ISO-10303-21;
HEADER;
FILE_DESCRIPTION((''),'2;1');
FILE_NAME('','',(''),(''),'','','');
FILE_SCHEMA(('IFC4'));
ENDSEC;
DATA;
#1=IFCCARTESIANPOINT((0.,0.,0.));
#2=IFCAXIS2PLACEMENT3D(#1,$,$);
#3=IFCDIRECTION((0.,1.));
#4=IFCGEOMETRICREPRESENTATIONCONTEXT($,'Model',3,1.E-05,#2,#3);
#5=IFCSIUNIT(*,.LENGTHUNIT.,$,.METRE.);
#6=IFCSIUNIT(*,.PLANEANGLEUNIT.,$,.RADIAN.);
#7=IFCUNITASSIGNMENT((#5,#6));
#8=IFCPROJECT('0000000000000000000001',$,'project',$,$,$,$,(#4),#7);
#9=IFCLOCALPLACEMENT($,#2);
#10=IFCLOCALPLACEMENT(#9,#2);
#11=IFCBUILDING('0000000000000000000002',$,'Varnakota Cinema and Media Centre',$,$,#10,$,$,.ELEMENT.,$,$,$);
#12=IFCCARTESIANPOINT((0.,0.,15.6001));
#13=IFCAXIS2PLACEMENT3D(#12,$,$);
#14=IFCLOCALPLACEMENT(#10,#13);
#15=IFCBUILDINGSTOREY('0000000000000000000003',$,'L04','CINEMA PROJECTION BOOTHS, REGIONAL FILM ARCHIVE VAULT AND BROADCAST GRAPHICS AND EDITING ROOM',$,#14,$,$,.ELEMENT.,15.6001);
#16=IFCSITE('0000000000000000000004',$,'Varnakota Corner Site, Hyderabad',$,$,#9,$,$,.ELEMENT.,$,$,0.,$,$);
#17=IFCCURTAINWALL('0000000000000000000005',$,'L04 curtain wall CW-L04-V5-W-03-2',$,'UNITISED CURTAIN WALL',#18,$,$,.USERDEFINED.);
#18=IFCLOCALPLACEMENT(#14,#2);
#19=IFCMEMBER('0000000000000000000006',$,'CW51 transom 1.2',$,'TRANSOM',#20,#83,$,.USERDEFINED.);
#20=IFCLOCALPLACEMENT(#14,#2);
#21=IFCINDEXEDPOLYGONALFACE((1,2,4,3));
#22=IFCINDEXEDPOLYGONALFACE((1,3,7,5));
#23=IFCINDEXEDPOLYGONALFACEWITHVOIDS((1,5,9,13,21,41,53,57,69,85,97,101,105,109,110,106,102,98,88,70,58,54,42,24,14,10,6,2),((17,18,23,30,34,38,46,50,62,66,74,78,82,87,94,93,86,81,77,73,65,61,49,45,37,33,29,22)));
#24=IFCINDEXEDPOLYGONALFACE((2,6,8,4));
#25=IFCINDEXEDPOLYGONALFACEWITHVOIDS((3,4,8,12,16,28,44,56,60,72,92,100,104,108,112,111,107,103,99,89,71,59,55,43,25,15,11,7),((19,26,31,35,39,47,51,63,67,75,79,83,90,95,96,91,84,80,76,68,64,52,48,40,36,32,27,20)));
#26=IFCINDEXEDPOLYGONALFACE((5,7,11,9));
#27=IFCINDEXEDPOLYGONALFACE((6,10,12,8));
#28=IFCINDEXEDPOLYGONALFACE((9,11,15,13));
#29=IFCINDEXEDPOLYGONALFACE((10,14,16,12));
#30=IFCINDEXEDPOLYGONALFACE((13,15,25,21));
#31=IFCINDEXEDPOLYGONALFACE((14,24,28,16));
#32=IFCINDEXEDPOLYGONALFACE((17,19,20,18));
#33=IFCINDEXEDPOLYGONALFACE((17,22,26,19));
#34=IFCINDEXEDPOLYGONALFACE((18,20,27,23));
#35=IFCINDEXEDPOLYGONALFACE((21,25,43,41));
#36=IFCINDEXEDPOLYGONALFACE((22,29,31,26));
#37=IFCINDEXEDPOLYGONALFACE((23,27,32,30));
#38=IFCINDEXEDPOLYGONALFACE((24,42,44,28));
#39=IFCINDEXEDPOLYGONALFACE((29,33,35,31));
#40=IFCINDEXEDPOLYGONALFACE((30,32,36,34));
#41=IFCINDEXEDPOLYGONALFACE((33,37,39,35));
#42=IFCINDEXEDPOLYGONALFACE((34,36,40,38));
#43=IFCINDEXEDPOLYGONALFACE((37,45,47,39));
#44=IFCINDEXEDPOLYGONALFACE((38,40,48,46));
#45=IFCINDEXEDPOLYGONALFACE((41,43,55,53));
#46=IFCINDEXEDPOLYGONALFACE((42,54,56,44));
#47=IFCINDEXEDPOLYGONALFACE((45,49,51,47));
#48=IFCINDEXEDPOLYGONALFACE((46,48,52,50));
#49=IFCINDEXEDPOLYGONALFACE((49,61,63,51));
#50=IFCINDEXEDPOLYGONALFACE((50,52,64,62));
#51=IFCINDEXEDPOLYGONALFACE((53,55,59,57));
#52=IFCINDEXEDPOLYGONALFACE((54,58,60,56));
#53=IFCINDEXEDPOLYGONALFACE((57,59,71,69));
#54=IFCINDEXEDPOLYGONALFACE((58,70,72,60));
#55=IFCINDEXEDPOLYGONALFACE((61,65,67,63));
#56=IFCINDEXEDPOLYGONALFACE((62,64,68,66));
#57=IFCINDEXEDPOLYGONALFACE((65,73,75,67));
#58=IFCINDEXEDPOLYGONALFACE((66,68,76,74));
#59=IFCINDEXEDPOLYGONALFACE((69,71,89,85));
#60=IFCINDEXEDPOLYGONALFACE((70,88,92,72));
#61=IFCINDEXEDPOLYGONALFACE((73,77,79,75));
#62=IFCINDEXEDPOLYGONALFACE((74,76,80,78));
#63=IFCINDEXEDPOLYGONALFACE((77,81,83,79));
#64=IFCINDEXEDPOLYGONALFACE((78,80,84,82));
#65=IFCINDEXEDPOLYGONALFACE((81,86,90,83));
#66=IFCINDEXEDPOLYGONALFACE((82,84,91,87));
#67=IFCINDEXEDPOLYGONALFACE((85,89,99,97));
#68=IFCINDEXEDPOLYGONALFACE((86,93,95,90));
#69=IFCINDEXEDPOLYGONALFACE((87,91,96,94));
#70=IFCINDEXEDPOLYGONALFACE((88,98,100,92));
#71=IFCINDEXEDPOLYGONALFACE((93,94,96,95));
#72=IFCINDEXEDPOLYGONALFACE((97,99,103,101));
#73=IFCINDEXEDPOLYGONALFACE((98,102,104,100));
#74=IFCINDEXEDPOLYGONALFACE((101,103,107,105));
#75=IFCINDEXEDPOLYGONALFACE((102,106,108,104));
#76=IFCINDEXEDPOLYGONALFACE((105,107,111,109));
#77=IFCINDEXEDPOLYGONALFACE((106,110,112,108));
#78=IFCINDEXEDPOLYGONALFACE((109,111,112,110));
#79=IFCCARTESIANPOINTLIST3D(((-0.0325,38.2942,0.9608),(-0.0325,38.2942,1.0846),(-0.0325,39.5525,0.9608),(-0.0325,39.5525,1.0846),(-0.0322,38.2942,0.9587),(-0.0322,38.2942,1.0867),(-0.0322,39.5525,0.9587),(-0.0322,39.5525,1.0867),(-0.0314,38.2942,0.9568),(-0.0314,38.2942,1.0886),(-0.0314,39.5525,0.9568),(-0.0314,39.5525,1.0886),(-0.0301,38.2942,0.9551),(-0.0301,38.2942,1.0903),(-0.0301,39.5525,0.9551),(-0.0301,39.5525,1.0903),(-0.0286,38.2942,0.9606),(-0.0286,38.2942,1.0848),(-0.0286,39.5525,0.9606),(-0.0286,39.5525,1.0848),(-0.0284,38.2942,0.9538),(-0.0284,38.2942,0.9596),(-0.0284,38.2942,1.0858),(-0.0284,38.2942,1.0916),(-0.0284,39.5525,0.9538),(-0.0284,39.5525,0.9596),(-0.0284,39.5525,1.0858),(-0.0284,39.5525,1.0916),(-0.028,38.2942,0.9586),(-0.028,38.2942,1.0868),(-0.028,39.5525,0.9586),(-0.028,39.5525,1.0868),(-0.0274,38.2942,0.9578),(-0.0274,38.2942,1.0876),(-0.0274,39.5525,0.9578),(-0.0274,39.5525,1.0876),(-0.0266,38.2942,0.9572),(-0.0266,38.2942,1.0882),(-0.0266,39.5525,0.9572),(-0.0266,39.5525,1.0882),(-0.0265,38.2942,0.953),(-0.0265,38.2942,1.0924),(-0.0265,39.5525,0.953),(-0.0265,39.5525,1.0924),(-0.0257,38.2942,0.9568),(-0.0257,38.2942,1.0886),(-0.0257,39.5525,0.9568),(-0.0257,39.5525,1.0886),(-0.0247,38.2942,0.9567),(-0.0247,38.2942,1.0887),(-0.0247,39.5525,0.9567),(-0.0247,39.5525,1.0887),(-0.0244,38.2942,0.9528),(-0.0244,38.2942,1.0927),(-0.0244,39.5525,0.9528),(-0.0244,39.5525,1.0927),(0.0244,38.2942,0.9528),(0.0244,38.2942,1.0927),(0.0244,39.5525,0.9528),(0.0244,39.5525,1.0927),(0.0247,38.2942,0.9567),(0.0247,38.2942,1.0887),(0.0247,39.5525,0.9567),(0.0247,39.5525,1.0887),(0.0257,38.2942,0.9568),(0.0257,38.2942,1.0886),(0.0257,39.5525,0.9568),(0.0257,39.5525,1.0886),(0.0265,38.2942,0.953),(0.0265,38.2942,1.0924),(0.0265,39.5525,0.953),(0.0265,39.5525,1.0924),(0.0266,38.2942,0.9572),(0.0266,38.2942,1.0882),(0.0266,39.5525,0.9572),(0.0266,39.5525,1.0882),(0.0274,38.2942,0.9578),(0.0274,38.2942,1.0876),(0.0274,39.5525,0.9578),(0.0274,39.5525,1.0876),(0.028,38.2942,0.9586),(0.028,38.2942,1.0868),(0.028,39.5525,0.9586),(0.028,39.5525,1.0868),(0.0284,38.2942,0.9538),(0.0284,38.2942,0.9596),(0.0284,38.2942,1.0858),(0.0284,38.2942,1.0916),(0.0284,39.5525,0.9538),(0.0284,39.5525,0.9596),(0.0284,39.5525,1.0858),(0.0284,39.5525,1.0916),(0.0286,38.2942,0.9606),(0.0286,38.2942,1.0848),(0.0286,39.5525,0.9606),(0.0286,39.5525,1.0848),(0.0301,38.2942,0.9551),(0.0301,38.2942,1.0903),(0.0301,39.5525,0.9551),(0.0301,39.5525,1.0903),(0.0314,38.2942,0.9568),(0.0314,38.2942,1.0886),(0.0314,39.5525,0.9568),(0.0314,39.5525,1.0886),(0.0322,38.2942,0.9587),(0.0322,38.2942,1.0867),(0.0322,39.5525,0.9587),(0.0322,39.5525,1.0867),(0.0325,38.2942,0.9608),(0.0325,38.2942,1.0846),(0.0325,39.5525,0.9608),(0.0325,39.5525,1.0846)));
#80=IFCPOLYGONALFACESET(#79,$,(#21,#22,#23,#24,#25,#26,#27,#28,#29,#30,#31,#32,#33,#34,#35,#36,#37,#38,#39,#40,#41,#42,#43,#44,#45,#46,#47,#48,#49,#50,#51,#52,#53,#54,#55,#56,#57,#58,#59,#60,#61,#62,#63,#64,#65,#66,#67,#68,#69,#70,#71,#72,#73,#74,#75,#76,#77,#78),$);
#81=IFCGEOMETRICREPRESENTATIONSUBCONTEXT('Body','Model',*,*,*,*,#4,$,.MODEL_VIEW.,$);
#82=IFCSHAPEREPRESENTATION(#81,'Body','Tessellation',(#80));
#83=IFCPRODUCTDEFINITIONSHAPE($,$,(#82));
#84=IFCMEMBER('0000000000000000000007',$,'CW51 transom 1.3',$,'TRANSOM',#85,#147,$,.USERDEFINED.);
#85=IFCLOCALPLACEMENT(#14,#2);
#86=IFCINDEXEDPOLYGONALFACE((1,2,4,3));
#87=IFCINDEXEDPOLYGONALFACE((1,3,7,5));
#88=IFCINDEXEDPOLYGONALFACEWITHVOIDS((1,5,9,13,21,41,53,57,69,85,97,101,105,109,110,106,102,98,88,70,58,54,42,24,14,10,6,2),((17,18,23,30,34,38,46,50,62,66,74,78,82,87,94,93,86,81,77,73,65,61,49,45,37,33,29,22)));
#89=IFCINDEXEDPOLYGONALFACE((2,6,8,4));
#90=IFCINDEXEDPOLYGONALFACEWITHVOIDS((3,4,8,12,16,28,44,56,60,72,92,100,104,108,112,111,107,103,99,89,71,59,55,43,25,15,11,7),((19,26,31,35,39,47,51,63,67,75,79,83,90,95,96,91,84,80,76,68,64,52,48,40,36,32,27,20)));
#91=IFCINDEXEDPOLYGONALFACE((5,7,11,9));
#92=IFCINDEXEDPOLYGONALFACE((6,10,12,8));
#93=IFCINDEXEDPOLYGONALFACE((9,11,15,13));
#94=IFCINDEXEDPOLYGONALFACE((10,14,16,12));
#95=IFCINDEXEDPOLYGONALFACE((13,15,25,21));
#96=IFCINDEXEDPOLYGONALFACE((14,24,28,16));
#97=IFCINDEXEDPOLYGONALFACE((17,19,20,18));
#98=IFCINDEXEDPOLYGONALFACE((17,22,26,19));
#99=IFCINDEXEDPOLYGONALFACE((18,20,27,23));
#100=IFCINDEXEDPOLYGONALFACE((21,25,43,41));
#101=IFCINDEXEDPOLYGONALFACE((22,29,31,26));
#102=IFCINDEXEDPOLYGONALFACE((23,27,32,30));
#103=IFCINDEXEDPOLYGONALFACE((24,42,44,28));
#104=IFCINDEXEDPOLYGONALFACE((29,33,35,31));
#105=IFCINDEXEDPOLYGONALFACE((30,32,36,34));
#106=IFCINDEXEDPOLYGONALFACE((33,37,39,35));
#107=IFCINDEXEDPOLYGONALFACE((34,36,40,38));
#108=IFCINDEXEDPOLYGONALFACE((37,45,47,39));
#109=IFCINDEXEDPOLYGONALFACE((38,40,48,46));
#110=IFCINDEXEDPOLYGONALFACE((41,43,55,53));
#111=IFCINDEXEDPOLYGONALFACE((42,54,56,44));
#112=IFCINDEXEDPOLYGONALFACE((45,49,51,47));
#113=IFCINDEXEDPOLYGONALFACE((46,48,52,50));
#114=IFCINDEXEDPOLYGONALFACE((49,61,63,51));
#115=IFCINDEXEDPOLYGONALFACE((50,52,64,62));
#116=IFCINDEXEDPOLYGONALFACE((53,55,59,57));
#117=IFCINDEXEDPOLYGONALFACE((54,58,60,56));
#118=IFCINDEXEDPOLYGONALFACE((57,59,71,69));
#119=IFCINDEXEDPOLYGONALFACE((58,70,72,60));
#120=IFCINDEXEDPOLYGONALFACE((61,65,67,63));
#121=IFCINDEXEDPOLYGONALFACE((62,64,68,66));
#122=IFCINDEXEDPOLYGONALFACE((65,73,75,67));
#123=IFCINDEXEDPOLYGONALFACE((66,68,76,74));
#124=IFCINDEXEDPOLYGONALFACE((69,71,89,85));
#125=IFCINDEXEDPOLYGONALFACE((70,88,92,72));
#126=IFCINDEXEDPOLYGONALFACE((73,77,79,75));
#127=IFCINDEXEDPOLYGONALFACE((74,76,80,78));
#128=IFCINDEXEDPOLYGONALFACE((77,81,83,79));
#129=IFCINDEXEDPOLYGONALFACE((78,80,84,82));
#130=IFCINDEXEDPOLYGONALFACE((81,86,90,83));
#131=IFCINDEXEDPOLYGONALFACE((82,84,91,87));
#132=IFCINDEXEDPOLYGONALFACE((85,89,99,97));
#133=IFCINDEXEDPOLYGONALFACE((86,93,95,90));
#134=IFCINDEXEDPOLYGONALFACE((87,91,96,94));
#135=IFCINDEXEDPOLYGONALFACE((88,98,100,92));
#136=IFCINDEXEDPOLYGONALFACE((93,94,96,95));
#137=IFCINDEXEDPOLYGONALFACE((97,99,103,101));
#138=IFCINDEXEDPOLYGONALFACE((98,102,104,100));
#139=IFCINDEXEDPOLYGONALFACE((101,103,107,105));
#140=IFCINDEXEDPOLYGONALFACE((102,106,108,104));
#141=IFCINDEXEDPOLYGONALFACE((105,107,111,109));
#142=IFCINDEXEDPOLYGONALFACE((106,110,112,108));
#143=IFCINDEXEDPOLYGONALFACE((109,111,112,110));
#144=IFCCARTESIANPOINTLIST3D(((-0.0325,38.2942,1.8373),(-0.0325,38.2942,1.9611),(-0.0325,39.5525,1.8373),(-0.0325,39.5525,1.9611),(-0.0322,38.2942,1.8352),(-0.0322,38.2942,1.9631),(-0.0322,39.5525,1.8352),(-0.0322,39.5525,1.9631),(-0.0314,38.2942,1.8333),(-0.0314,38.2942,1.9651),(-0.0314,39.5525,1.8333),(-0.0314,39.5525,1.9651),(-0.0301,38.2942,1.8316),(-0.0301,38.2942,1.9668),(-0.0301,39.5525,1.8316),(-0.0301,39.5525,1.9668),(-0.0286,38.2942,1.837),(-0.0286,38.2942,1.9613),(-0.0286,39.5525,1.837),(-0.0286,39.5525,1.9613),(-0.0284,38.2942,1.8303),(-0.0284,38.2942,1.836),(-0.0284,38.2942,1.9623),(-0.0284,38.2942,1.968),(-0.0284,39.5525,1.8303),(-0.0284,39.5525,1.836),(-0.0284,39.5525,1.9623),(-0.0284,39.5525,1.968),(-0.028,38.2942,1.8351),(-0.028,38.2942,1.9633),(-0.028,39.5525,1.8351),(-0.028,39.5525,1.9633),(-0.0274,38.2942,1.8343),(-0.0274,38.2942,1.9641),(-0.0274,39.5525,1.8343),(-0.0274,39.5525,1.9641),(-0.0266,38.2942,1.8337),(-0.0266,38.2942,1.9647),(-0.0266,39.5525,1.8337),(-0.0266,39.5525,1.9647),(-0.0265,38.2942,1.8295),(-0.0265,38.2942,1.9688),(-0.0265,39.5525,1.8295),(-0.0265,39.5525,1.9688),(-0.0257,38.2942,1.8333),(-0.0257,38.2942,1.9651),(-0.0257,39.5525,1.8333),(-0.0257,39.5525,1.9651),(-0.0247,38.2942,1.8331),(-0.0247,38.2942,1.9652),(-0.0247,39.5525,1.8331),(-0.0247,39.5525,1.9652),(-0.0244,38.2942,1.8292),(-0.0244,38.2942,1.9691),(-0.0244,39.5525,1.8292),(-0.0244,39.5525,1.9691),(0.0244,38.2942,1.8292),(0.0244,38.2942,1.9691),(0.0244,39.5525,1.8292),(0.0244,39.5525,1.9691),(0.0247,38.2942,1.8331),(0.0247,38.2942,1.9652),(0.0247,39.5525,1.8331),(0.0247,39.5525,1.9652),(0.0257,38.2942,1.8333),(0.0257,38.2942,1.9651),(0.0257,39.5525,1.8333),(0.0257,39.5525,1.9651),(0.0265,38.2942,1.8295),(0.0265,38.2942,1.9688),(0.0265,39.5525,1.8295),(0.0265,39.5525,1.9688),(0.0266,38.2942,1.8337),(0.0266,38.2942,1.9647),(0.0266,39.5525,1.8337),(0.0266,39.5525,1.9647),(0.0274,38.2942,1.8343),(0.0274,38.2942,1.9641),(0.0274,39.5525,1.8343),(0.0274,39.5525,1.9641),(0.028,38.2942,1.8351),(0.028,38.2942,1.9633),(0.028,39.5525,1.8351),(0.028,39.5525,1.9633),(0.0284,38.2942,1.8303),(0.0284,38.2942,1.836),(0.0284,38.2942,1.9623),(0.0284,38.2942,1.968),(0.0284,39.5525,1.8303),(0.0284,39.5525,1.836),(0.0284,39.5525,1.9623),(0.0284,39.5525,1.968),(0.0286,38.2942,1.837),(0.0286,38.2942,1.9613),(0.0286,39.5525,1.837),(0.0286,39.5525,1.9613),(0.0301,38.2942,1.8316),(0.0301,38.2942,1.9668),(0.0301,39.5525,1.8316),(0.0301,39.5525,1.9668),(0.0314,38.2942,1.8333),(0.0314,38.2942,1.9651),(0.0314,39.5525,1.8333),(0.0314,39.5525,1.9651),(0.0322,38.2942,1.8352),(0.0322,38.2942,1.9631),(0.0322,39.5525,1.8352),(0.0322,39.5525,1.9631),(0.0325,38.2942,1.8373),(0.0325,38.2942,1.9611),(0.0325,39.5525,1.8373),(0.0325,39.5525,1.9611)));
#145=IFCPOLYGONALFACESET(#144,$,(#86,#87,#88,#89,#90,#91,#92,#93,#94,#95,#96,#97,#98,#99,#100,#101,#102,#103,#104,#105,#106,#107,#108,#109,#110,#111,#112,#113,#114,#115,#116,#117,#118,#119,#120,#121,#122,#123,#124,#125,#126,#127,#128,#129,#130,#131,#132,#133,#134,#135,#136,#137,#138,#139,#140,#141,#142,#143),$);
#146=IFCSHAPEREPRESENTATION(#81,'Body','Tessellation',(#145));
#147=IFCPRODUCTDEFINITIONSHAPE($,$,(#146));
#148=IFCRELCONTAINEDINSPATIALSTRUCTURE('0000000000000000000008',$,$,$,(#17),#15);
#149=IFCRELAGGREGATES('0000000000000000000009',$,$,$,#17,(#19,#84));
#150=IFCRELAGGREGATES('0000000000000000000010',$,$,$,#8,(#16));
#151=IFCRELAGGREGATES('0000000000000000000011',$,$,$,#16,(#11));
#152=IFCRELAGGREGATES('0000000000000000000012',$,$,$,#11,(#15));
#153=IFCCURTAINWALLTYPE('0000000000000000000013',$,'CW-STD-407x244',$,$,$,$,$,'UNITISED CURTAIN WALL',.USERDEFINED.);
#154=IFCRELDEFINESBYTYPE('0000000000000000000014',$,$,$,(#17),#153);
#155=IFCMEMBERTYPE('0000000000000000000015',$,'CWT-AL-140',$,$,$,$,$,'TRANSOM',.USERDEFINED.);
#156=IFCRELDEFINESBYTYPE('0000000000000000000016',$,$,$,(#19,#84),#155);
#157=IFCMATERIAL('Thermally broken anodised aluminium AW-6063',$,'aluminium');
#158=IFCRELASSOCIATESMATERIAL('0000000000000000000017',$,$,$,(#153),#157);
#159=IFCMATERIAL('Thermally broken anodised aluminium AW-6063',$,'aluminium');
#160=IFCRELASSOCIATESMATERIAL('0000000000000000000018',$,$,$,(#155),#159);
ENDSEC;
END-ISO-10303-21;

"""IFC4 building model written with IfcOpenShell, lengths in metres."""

from ifc_helpers import new_model, si_unit, direction, frame, origin, origin_2d, place, context, subcontext, project, spatial, hollow_rectangle, extrude, material, material_profile, profile_set, type_object, element, aggregate, save


model = new_model("IFC4")

# Units and contexts
model_context = context("Model", 3, precision=1e-05, world=origin(), true_north=direction((0.0, 1.0)))
body_context = subcontext(model_context, "Body", "Model", "MODEL_VIEW")
ifc_project = project(units=[si_unit("LENGTHUNIT", "METRE"), si_unit("PLANEANGLEUNIT", "RADIAN")], contexts=[model_context])

# Site, building, storey
site_placement = place(None, origin())
site = spatial("IfcSite", under=ifc_project, at=site_placement, Name="Varnakota Corner Site, Hyderabad", CompositionType="ELEMENT", RefElevation=0.0)
building_placement = place(site_placement, origin())
building = spatial("IfcBuilding", under=site, at=building_placement, Name="Varnakota Cinema and Media Centre", CompositionType="ELEMENT")
storey_placement = place(building_placement, frame((0.0, 0.0, 15.6001)))
storey = spatial("IfcBuildingStorey", under=building, at=storey_placement, Name="L04", Description="CINEMA PROJECTION BOOTHS, REGIONAL FILM ARCHIVE VAULT AND BROADCAST GRAPHICS AND EDITING ROOM", CompositionType="ELEMENT", Elevation=15.6001)

# Shared definitions
ifc_material_1 = material(Name="Thermally broken anodised aluminium AW-6063", Category="aluminium")
curtain_wall_type = type_object("IfcCurtainWallType", Name="CW-STD-407x244", ElementType="UNITISED CURTAIN WALL", PredefinedType="USERDEFINED", material=ifc_material_1)

# Curtain wall, members
curtain_wall_1_placement = place(storey_placement, origin())
curtain_wall_1 = element("IfcCurtainWall", 1, at=curtain_wall_1_placement, inside=storey, type_object=curtain_wall_type, Name="L04 curtain wall CW-L04-V5-W-03-2", ObjectType="UNITISED CURTAIN WALL", PredefinedType="USERDEFINED")
ifc_material_2 = material(Name="Thermally broken anodised aluminium AW-6063", Category="aluminium")
ifc_material_profile_1 = material_profile(ifc_material_2, hollow_rectangle(XDim=0.0649, YDim=0.1399, WallThickness=0.0039, InnerFilletRadius=0.0039, OuterFilletRadius=0.0081, at=origin_2d()), Name="AL-TRANSOM 140x65x4")
ifc_profile_set_1 = profile_set([ifc_material_profile_1], Name="Thermally broken anodised aluminium AW-6063")
member_type_1 = type_object("IfcMemberType", Name="CWT-AL-140", ElementType="TRANSOM", PredefinedType="USERDEFINED", material=ifc_profile_set_1)
member_1_placement = place(storey_placement, frame((0.0, 39.5525, 1.0227), z_axis=(0.0, -1.0, 0.0), x_axis=(1.0, 0.0, 0.0)))
member_1 = element("IfcMember", 2, at=member_1_placement, type_object=member_type_1, Name="CW51 transom 1.2", ObjectType="TRANSOM", PredefinedType="USERDEFINED", context=body_context, shape_type="SweptSolid", body=[
    extrude(hollow_rectangle(XDim=0.0649, YDim=0.1399, WallThickness=0.0039, InnerFilletRadius=0.0039, OuterFilletRadius=0.0081, at=origin_2d()), origin(), (0.0, 0.0, 1.0), 1.2583),
])
member_2_placement = place(storey_placement, frame((0.0, 39.5525, 1.8992), z_axis=(0.0, -1.0, 0.0), x_axis=(1.0, 0.0, 0.0)))
member_2 = element("IfcMember", 3, at=member_2_placement, type_object=member_type_1, Name="CW51 transom 1.3", ObjectType="TRANSOM", PredefinedType="USERDEFINED", context=body_context, shape_type="SweptSolid", body=[
    extrude(hollow_rectangle(XDim=0.0649, YDim=0.1399, WallThickness=0.0039, InnerFilletRadius=0.0039, OuterFilletRadius=0.0081, at=origin_2d()), origin(), (0.0, 0.0, 1.0), 1.2583),
])

aggregate(curtain_wall_1, [member_1, member_2])

save(model, "model.ifc")
